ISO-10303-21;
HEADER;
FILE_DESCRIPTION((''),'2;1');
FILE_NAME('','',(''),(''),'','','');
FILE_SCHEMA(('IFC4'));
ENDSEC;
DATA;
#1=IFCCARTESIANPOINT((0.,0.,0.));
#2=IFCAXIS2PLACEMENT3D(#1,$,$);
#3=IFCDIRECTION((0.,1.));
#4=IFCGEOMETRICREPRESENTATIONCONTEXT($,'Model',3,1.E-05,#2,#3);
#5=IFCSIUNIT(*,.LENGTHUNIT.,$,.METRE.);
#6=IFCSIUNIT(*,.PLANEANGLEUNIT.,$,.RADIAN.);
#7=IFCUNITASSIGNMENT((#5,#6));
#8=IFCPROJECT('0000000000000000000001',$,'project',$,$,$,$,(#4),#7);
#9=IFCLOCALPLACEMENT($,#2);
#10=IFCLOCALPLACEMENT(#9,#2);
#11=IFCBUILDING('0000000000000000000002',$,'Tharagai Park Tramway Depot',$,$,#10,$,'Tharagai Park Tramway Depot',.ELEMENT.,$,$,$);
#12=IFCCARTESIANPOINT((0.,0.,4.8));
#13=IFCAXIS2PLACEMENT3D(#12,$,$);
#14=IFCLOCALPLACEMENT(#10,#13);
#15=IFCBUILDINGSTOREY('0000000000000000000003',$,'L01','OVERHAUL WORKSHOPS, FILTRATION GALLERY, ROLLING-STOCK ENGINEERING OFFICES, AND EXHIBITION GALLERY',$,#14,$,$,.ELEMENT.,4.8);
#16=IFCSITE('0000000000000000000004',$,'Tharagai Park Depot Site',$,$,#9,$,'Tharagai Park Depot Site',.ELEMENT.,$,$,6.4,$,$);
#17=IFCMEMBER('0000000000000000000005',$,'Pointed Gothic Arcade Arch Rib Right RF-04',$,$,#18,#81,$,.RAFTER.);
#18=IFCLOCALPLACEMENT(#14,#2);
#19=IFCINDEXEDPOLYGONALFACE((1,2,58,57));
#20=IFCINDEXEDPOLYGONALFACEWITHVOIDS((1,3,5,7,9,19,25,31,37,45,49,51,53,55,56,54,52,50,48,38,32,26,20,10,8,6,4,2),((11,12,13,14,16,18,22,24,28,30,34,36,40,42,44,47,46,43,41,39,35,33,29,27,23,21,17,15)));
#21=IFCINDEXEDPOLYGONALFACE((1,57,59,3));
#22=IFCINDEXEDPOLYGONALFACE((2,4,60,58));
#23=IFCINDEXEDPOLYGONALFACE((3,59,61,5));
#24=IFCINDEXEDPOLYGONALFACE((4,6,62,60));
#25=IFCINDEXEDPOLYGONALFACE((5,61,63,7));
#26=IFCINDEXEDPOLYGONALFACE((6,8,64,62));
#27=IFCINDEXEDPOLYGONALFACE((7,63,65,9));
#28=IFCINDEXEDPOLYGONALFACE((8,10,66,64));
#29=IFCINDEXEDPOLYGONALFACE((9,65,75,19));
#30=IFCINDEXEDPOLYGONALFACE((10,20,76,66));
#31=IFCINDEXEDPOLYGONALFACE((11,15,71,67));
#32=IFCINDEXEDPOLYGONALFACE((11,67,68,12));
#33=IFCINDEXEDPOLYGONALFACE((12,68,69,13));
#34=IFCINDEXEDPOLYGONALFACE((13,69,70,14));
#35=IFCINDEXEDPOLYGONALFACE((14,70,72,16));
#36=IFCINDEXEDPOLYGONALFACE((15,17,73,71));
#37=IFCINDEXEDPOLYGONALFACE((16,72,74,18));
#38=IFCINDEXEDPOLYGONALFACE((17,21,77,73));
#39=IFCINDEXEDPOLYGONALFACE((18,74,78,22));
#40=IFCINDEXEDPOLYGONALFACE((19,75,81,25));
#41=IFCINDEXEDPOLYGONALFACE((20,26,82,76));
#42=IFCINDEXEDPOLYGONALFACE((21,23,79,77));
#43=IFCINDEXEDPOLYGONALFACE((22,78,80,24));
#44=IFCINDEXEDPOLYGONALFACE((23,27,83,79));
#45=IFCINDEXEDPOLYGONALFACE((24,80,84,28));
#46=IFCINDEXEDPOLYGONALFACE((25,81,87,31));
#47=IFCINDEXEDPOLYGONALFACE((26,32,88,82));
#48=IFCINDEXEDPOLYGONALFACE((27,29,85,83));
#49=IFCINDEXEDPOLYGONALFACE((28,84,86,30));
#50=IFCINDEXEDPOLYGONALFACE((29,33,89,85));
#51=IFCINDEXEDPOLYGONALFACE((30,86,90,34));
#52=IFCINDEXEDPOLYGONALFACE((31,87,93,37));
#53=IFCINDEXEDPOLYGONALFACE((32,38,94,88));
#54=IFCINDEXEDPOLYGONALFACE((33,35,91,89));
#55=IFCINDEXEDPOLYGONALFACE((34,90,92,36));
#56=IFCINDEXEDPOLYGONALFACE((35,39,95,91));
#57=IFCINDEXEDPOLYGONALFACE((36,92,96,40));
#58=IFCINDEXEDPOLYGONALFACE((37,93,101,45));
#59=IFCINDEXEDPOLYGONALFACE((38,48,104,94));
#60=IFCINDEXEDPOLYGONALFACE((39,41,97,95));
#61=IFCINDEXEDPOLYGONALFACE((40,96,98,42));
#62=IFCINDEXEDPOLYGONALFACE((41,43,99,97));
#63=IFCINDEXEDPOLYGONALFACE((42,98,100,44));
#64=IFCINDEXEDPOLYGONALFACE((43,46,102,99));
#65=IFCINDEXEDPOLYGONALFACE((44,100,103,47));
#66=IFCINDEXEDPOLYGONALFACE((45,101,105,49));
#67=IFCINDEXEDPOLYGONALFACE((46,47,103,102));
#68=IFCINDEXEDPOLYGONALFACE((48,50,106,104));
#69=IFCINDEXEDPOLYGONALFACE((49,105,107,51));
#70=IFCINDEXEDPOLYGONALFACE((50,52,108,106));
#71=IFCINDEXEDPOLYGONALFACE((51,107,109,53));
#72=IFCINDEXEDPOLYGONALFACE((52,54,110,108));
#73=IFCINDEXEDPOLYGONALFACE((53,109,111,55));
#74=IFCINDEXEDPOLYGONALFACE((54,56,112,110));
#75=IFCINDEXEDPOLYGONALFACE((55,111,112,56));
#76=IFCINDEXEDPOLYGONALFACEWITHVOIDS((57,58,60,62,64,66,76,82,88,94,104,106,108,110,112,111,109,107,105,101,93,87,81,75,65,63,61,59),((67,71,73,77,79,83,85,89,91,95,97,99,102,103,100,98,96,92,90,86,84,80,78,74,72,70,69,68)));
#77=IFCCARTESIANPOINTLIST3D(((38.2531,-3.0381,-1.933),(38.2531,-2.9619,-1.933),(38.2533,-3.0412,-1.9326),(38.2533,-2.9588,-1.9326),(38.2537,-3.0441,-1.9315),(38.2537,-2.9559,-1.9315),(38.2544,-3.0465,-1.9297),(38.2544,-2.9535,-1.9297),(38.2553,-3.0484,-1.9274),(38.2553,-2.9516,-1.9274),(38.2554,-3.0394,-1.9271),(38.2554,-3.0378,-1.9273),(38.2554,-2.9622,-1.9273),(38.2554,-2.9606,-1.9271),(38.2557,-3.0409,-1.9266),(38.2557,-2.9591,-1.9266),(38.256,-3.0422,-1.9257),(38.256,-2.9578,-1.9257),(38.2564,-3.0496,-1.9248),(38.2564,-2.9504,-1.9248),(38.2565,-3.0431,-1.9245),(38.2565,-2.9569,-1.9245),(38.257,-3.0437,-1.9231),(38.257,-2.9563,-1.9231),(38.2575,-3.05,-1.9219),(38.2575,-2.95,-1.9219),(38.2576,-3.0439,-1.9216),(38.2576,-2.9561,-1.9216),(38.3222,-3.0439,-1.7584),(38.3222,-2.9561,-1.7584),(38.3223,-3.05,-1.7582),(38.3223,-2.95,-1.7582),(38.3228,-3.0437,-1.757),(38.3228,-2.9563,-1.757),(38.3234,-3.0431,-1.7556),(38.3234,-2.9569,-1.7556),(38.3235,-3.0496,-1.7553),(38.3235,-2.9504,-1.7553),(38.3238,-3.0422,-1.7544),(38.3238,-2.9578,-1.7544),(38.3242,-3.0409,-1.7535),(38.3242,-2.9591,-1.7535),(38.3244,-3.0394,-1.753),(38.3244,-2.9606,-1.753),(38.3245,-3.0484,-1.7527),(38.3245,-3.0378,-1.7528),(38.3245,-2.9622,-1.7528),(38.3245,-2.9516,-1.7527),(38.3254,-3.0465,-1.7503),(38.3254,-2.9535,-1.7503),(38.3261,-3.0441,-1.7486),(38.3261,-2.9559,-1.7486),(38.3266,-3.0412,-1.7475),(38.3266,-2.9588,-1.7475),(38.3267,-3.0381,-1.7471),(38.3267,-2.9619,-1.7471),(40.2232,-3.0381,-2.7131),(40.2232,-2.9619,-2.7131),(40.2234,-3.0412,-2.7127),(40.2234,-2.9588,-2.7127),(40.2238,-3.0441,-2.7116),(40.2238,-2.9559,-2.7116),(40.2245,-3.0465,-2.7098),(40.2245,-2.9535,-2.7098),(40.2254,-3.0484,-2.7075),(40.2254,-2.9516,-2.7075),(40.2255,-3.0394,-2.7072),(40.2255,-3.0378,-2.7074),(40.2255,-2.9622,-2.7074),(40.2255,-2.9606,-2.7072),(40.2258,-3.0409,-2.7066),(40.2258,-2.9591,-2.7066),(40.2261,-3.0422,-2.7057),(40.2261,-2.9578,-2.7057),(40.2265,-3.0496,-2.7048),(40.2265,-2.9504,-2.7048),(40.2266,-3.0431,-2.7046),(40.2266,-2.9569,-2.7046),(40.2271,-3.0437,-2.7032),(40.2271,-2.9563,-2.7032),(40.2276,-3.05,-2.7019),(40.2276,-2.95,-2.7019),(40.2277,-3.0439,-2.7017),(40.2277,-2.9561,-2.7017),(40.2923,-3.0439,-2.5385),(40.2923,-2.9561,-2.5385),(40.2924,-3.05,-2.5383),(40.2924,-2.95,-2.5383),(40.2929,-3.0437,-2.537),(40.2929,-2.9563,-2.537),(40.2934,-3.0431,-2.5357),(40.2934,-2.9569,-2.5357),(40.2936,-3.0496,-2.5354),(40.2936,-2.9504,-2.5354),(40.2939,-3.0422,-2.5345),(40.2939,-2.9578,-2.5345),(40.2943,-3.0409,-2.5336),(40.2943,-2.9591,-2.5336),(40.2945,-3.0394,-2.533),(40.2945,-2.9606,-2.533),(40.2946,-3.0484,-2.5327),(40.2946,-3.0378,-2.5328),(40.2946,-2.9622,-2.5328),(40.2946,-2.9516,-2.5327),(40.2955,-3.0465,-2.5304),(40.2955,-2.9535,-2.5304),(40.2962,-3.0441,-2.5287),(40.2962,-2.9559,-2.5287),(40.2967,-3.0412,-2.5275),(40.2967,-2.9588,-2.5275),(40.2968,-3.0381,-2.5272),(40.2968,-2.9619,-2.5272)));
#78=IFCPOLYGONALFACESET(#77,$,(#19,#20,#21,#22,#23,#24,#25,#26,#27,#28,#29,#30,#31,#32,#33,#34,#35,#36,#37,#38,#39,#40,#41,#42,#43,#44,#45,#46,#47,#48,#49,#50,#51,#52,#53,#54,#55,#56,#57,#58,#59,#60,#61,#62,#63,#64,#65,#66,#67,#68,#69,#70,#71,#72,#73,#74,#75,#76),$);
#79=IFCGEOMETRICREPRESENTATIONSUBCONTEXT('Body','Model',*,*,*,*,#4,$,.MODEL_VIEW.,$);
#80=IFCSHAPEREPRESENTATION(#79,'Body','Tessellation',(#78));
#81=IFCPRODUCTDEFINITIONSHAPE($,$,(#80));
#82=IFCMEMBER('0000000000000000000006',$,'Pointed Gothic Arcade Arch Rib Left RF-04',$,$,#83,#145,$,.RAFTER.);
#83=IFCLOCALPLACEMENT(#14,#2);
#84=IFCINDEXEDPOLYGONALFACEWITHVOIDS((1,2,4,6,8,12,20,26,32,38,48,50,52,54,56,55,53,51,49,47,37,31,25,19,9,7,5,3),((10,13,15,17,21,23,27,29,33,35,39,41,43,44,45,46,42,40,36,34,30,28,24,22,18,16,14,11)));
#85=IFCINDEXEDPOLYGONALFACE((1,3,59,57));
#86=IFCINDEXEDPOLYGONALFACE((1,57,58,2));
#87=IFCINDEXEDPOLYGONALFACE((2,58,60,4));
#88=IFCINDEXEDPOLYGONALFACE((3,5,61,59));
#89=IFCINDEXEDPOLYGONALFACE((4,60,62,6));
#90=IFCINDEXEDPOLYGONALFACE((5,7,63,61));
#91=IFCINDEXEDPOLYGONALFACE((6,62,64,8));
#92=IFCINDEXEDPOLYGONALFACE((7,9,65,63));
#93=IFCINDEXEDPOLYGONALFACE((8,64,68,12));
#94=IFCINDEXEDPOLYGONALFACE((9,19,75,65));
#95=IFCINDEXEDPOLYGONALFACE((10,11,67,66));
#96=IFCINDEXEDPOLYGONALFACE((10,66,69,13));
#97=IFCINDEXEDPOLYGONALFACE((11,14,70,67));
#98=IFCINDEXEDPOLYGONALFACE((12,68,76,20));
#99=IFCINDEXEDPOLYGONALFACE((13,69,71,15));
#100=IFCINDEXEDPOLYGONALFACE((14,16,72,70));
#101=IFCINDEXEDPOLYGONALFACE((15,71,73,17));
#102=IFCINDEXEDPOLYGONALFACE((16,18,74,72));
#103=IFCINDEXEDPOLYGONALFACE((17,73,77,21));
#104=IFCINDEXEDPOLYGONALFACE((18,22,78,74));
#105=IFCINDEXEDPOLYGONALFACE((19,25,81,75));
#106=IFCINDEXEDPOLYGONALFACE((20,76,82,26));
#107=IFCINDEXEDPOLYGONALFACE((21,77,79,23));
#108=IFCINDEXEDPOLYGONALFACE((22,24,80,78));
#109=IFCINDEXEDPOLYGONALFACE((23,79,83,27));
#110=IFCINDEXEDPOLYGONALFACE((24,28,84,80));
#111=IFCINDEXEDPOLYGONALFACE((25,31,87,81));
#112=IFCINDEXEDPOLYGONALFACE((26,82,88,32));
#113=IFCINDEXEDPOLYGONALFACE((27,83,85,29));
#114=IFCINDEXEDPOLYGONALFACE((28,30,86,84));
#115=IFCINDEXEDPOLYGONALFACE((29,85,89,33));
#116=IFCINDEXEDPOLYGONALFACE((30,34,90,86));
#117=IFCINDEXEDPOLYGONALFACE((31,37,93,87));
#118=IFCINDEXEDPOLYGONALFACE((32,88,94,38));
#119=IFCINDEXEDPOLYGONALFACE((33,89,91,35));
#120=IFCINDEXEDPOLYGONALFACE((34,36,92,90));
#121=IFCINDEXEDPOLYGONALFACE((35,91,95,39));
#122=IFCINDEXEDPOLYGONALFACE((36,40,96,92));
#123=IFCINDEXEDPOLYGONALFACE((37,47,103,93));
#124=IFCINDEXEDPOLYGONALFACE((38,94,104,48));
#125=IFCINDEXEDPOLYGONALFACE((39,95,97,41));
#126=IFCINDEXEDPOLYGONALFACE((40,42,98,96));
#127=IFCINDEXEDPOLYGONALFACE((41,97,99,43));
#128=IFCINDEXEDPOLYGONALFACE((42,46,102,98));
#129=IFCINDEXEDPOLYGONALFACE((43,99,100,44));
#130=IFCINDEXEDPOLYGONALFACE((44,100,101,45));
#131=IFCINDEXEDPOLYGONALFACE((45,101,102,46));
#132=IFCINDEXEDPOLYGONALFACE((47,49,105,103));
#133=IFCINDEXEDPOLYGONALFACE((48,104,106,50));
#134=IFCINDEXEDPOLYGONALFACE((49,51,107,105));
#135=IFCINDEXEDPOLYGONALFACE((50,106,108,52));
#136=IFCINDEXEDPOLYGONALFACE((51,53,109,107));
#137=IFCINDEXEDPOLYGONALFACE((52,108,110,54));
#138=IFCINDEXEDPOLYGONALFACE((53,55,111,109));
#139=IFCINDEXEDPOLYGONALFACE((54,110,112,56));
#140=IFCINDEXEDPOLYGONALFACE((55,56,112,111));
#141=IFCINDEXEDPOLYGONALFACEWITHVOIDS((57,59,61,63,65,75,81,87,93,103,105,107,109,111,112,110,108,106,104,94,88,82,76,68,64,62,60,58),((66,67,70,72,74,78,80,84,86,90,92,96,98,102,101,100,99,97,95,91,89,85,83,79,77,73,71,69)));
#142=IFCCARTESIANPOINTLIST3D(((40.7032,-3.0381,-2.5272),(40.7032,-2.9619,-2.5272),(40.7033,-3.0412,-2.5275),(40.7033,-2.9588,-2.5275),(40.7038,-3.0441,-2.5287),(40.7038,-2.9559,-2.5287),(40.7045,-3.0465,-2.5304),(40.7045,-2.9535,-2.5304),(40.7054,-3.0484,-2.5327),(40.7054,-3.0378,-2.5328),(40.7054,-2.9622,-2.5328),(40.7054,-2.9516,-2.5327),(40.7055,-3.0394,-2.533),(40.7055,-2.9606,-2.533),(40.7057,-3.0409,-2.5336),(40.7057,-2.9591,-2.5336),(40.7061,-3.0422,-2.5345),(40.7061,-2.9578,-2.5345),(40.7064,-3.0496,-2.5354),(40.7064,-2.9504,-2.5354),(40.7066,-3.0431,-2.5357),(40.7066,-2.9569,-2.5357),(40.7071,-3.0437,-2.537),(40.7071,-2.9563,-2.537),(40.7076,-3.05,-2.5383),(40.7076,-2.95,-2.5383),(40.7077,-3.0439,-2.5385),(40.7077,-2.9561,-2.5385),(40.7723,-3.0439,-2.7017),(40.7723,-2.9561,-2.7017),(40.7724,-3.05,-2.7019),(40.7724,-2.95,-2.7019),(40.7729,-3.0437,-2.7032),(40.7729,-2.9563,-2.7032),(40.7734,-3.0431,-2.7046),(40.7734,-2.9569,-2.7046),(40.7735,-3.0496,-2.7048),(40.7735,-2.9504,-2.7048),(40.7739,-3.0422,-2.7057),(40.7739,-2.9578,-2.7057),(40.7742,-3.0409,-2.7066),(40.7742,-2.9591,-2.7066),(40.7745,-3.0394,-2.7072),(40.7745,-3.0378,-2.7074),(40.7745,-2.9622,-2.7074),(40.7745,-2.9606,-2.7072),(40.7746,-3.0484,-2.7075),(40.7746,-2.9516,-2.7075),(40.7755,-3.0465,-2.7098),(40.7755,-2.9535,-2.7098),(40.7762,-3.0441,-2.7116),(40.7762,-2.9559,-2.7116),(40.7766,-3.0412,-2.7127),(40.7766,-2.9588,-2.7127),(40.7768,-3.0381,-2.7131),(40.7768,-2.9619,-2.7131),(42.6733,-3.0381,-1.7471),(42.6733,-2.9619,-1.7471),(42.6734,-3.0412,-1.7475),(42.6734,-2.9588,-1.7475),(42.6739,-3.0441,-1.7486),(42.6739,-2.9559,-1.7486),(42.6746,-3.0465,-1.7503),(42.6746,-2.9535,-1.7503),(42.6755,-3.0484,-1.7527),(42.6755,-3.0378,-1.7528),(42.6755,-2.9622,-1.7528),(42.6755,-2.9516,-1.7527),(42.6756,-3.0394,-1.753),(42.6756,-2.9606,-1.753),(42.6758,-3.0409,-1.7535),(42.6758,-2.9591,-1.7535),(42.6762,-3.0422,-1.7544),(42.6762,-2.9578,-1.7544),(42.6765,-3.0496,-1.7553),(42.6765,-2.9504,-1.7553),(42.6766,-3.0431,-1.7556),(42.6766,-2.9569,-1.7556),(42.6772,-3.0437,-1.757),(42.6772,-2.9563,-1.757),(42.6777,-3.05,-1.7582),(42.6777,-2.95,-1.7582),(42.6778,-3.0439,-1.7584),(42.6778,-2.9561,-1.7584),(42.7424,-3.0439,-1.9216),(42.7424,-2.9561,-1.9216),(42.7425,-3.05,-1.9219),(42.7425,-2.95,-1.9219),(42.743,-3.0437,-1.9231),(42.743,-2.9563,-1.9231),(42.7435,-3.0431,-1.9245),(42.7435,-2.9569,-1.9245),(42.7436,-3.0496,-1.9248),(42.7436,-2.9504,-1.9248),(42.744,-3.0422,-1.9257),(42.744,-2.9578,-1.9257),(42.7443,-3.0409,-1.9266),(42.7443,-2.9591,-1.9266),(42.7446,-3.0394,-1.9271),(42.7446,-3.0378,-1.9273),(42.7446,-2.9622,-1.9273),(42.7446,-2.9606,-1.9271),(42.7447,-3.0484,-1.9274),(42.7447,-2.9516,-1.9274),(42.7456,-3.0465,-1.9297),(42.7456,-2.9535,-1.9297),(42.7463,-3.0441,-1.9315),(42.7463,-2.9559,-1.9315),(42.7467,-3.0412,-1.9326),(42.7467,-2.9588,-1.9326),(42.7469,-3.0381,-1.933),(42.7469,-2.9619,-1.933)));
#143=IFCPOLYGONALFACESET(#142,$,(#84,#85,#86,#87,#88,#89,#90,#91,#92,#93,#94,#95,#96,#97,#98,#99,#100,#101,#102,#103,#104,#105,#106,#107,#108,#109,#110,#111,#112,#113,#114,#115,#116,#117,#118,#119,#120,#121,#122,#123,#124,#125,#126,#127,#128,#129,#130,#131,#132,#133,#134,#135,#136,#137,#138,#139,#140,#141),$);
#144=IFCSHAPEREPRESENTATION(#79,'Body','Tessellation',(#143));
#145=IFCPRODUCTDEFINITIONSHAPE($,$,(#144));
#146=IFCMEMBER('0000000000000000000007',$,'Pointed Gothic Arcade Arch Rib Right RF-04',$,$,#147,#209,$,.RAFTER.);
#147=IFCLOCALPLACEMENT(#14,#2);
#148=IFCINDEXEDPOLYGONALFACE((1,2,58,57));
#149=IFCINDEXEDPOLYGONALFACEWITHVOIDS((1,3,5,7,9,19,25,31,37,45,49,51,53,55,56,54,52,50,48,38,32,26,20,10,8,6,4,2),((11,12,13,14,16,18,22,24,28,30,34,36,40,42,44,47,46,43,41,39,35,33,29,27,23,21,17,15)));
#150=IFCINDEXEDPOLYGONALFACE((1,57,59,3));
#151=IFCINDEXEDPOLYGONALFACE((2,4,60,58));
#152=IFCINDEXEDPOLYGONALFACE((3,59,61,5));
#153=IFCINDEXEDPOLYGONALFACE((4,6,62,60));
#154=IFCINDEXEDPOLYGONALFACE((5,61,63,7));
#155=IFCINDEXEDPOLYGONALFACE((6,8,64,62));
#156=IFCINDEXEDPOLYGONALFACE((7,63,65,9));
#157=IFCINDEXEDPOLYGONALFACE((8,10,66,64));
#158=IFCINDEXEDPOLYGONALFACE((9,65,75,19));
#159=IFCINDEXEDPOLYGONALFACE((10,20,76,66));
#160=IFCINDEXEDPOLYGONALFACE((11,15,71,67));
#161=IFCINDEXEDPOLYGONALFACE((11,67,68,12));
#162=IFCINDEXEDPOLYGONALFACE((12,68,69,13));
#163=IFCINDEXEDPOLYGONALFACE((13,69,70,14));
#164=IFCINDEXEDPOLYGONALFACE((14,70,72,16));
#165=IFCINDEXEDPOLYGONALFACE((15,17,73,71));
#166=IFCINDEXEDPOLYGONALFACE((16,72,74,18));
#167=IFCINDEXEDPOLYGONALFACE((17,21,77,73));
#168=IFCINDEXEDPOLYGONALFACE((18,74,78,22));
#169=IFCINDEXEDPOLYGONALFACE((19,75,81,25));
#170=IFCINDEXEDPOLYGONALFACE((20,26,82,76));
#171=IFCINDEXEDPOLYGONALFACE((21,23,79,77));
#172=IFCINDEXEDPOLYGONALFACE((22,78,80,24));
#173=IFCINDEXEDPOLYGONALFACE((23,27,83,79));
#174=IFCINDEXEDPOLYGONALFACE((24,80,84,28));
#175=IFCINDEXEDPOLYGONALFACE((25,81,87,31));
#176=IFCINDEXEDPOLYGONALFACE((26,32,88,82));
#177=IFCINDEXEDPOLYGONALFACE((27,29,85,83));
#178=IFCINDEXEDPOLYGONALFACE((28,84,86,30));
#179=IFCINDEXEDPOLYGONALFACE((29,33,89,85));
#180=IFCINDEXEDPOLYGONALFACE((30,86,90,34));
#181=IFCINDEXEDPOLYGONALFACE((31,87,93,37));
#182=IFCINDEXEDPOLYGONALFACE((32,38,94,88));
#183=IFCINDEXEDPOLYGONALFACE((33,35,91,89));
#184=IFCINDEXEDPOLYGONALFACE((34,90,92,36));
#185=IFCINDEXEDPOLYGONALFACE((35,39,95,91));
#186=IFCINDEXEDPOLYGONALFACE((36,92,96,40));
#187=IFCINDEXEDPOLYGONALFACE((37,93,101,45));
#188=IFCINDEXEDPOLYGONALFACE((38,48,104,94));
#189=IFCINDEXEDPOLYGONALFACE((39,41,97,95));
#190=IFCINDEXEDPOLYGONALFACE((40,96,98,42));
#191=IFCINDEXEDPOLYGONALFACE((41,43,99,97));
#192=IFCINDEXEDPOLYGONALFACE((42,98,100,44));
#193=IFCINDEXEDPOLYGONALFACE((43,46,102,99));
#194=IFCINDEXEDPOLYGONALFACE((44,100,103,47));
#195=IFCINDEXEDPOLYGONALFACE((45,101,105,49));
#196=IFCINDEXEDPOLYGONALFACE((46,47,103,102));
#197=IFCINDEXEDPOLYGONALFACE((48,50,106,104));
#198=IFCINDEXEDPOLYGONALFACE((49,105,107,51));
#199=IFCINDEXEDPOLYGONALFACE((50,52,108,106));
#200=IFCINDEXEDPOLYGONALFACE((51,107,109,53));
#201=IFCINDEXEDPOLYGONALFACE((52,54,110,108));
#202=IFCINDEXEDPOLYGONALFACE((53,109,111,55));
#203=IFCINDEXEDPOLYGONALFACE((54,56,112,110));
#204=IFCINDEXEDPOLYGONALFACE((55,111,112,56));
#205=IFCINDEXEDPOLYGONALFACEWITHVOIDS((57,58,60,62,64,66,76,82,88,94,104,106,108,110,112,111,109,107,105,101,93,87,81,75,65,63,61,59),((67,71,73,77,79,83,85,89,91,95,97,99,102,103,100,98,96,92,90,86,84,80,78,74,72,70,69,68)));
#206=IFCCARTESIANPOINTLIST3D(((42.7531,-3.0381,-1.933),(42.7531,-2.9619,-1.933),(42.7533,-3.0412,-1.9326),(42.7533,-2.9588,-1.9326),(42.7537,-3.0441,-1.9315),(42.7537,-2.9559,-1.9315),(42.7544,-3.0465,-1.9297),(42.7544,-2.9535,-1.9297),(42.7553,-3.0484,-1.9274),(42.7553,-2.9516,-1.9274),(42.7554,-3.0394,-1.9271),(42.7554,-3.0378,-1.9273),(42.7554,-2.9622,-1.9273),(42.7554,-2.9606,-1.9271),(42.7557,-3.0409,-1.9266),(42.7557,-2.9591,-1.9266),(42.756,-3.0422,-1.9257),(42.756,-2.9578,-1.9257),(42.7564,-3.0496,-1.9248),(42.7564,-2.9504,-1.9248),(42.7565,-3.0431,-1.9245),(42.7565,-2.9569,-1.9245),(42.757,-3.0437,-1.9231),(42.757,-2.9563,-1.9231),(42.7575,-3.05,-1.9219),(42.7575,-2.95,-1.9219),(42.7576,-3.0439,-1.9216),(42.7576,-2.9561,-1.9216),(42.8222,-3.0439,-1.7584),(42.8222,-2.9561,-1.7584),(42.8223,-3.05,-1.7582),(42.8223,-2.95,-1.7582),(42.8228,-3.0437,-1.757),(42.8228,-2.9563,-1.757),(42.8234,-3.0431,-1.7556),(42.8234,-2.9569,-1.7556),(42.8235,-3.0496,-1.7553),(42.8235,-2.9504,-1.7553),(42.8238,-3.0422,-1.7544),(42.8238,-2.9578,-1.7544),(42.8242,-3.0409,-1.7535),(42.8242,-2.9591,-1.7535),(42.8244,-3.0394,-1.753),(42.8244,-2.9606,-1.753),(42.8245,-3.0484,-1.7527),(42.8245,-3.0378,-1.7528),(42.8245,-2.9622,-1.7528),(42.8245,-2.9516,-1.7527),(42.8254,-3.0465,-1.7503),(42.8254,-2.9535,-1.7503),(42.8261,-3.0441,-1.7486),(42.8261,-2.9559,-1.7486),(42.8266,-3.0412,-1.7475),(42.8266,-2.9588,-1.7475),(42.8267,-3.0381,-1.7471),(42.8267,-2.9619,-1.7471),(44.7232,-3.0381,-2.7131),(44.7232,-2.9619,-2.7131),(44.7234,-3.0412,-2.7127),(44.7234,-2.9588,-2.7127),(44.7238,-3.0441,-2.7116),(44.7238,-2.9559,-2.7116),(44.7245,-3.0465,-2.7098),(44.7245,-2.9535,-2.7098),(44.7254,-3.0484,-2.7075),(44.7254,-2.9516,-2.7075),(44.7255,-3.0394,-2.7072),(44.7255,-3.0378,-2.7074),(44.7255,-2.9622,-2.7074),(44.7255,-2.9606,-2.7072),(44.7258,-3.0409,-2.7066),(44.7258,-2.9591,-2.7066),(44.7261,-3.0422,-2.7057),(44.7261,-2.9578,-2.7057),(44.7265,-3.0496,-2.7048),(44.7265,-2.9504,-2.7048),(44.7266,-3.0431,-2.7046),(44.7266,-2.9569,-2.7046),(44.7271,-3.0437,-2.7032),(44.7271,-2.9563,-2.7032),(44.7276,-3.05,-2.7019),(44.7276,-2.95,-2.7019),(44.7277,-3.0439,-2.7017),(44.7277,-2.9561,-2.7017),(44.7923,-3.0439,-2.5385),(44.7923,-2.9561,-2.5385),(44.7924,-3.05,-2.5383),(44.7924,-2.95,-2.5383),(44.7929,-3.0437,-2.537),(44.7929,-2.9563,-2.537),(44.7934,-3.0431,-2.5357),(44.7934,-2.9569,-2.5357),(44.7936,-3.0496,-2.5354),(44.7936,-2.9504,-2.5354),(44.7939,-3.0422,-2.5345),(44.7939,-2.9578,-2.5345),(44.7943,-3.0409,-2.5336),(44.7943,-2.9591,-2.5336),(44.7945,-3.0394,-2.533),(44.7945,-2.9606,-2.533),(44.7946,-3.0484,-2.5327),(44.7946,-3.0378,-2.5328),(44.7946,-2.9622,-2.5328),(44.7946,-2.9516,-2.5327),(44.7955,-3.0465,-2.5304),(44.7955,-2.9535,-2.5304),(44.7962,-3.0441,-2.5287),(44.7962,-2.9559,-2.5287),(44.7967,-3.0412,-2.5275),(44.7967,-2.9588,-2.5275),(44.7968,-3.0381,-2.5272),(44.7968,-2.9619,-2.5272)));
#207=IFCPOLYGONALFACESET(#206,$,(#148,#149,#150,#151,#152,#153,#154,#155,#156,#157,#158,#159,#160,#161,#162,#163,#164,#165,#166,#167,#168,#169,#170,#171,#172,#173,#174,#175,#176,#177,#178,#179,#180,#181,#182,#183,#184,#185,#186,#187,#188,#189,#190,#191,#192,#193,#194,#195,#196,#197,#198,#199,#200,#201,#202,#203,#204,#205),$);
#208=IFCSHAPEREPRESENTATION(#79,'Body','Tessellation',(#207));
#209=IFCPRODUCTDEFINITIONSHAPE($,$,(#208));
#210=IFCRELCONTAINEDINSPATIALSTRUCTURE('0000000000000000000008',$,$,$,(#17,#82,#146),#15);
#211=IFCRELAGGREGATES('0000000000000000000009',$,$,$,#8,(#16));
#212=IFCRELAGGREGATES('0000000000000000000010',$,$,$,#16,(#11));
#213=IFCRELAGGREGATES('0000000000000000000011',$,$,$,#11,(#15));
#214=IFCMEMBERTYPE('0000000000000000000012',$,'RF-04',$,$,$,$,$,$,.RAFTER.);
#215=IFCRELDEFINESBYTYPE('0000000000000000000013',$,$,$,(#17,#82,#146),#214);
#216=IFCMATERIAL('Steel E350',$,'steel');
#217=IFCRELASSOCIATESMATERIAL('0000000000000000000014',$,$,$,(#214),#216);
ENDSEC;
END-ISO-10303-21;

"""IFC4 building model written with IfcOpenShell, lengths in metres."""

from ifc_helpers import new_model, si_unit, direction, frame, origin, origin_2d, place, context, subcontext, project, spatial, hollow_rectangle, extrude, material, material_profile, profile_set, type_object, element, save


model = new_model("IFC4")

# Units and contexts
model_context = context("Model", 3, precision=1e-05, world=origin(), true_north=direction((0.0, 1.0)))
body_context = subcontext(model_context, "Body", "Model", "MODEL_VIEW")
ifc_project = project(units=[si_unit("LENGTHUNIT", "METRE"), si_unit("PLANEANGLEUNIT", "RADIAN")], contexts=[model_context])

# Site, building, storey
site_placement = place(None, origin())
site = spatial("IfcSite", under=ifc_project, at=site_placement, Name="Tharagai Park Depot Site", LongName="Tharagai Park Depot Site", CompositionType="ELEMENT", RefElevation=6.4)
building_placement = place(site_placement, origin())
building = spatial("IfcBuilding", under=site, at=building_placement, Name="Tharagai Park Tramway Depot", LongName="Tharagai Park Tramway Depot", CompositionType="ELEMENT")
storey_placement = place(building_placement, frame((0.0, 0.0, 4.8)))
storey = spatial("IfcBuildingStorey", under=building, at=storey_placement, Name="L01", Description="OVERHAUL WORKSHOPS, FILTRATION GALLERY, ROLLING-STOCK ENGINEERING OFFICES, AND EXHIBITION GALLERY", CompositionType="ELEMENT", Elevation=4.8)

# Members
ifc_material_1 = material(Name="Steel E350", Category="steel")
ifc_material_profile_1 = material_profile(ifc_material_1, hollow_rectangle(XDim=0.1001, YDim=0.2, WallThickness=0.0061, InnerFilletRadius=0.0061, OuterFilletRadius=0.012, at=origin_2d()), Name="RHS 200x100x6")
ifc_profile_set_1 = profile_set([ifc_material_profile_1], Name="Steel E350")
member_type_1 = type_object("IfcMemberType", Name="RF-04", PredefinedType="RAFTER", material=ifc_profile_set_1)
for number, where, z_axis, x_axis, name in (
    (1, (40.26, -3.0, -2.6201), (-0.929766, 0.0, 0.36815), (0.0, -1.0, 0.0), "Pointed Gothic Arcade Arch Rib Right RF-04"),
    (2, (40.74, -3.0, -2.6201), (0.929766, 0.0, 0.36815), (0.0, 1.0, 0.0), "Pointed Gothic Arcade Arch Rib Left RF-04"),
    (3, (44.76, -3.0, -2.6201), (-0.929766, 0.0, 0.36815), (0.0, -1.0, 0.0), "Pointed Gothic Arcade Arch Rib Right RF-04"),
):
    element("IfcMember", number, at=place(storey_placement, frame(where, z_axis=z_axis, x_axis=x_axis)), inside=storey, type_object=member_type_1, Name=name, PredefinedType="RAFTER", context=body_context, shape_type="SweptSolid", body=[
        extrude(hollow_rectangle(XDim=0.1001, YDim=0.2, WallThickness=0.0061, InnerFilletRadius=0.0061, OuterFilletRadius=0.012, at=origin_2d()), origin(), (0.0, 0.0, 1.0), 2.1189),
    ])

save(model, "model.ifc")
